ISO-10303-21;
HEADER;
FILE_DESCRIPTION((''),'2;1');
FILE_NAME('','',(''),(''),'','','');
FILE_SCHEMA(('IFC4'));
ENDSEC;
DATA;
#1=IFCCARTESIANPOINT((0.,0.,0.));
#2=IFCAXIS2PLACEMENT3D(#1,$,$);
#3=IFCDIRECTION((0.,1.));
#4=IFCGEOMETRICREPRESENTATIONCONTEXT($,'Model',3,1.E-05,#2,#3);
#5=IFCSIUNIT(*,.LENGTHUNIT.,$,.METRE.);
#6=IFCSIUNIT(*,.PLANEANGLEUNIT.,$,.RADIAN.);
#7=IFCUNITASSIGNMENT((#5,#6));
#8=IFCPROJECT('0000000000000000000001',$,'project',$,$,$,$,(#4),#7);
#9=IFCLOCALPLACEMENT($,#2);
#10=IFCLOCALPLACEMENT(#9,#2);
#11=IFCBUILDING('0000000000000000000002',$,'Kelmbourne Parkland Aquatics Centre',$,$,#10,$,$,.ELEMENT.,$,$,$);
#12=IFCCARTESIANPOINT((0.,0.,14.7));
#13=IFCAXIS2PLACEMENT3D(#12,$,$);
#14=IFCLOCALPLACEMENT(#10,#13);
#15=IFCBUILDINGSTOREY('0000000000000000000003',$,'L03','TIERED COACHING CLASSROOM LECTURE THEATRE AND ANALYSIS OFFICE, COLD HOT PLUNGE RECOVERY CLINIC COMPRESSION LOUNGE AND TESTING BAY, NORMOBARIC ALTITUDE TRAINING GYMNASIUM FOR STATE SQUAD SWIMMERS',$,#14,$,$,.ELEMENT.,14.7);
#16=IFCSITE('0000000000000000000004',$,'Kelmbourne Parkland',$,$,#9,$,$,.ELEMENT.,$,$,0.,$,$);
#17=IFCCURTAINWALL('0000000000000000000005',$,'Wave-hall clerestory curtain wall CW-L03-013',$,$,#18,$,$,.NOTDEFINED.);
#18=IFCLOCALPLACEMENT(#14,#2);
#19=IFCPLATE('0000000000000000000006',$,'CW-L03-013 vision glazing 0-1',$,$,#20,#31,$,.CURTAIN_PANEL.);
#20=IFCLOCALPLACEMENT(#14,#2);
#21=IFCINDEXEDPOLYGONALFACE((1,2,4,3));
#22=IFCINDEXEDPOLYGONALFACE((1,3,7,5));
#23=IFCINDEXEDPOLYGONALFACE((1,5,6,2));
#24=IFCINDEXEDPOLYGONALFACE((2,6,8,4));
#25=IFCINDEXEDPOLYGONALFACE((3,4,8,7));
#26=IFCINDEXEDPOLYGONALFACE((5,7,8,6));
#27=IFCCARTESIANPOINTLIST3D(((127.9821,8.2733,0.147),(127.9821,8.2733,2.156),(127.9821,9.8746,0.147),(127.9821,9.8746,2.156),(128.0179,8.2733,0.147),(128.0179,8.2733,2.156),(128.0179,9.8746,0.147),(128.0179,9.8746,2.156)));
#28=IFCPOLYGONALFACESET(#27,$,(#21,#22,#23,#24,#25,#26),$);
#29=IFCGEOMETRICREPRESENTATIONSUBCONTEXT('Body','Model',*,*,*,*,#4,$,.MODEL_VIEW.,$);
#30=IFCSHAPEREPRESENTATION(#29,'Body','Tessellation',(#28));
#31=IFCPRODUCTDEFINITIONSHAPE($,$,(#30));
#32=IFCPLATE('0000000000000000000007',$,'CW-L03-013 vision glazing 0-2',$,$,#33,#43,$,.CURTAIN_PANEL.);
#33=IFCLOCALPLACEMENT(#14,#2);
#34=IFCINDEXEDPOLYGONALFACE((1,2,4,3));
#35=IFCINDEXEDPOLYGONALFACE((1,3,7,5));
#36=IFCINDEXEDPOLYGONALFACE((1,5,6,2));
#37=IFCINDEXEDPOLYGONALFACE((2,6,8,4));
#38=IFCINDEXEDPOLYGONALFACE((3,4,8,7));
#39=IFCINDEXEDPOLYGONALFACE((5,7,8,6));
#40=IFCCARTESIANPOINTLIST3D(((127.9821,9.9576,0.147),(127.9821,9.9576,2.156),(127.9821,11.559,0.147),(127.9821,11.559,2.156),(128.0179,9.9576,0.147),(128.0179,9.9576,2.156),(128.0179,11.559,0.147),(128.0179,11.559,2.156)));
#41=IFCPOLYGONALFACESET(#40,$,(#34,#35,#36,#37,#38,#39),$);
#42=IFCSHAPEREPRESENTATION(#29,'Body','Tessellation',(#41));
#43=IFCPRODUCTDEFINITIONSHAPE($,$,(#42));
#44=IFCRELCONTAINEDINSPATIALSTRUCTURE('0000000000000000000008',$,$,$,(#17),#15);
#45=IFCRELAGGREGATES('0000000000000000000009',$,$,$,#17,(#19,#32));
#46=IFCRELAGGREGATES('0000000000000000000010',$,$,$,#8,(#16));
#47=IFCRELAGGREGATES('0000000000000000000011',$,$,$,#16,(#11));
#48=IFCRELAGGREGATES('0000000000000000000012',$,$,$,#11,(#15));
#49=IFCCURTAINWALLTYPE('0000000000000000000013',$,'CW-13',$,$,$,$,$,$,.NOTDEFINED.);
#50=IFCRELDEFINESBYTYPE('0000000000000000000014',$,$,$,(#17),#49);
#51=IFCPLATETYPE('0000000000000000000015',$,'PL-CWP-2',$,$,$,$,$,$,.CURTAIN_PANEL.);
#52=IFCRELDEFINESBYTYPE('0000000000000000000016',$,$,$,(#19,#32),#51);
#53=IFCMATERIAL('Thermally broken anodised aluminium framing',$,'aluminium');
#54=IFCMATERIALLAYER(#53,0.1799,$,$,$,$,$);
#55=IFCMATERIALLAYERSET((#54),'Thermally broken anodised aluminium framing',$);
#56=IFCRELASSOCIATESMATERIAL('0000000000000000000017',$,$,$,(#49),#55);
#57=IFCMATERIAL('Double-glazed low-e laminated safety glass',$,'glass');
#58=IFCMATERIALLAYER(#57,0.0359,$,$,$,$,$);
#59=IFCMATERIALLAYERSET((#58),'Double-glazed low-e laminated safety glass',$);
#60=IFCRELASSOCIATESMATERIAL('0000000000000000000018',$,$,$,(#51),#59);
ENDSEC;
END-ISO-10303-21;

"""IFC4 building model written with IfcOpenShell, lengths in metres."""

from ifc_helpers import new_model, si_unit, direction, frame, origin, origin_2d, place, context, subcontext, project, spatial, rectangle, extrude, material, layer, layer_set, type_object, element, aggregate, save


model = new_model("IFC4")

# Units and contexts
model_context = context("Model", 3, precision=1e-05, world=origin(), true_north=direction((0.0, 1.0)))
body_context = subcontext(model_context, "Body", "Model", "MODEL_VIEW")
ifc_project = project(units=[si_unit("LENGTHUNIT", "METRE"), si_unit("PLANEANGLEUNIT", "RADIAN")], contexts=[model_context])

# Site, building, storey
site_placement = place(None, origin())
site = spatial("IfcSite", under=ifc_project, at=site_placement, Name="Kelmbourne Parkland", CompositionType="ELEMENT", RefElevation=0.0)
building_placement = place(site_placement, origin())
building = spatial("IfcBuilding", under=site, at=building_placement, Name="Kelmbourne Parkland Aquatics Centre", CompositionType="ELEMENT")
storey_placement = place(building_placement, frame((0.0, 0.0, 14.7)))
storey = spatial("IfcBuildingStorey", under=building, at=storey_placement, Name="L03", Description="TIERED COACHING CLASSROOM LECTURE THEATRE AND ANALYSIS OFFICE, COLD HOT PLUNGE RECOVERY CLINIC COMPRESSION LOUNGE AND TESTING BAY, NORMOBARIC ALTITUDE TRAINING GYMNASIUM FOR STATE SQUAD SWIMMERS", CompositionType="ELEMENT", Elevation=14.7)

# Shared definitions
ifc_material_1 = material(Name="Thermally broken anodised aluminium framing", Category="aluminium")

# Curtain wall
ifc_layer_1 = layer(ifc_material_1, 0.1799)
ifc_layer_set_1 = layer_set([ifc_layer_1], Name="Thermally broken anodised aluminium framing")
curtain_wall_type_1 = type_object("IfcCurtainWallType", Name="CW-13", PredefinedType="NOTDEFINED", material=ifc_layer_set_1)
curtain_wall_1_placement = place(storey_placement, origin())
curtain_wall_1 = element("IfcCurtainWall", 1, at=curtain_wall_1_placement, inside=storey, type_object=curtain_wall_type_1, Name="Wave-hall clerestory curtain wall CW-L03-013", PredefinedType="NOTDEFINED")

# Plates
ifc_material_2 = material(Name="Double-glazed low-e laminated safety glass", Category="glass")
ifc_layer_2 = layer(ifc_material_2, 0.0359)
ifc_layer_set_2 = layer_set([ifc_layer_2], Name="Double-glazed low-e laminated safety glass")
plate_type_1 = type_object("IfcPlateType", Name="PL-CWP-2", PredefinedType="CURTAIN_PANEL", material=ifc_layer_set_2)
plate_1_placement = place(storey_placement, frame((128.0, 9.074, 0.147), z_axis=(0.0, 0.0, 1.0), x_axis=(0.0, 1.0, 0.0)))
plate_1 = element("IfcPlate", 2, at=plate_1_placement, type_object=plate_type_1, Name="CW-L03-013 vision glazing 0-1", PredefinedType="CURTAIN_PANEL", context=body_context, shape_type="SweptSolid", body=[
    extrude(rectangle(XDim=1.6013, YDim=0.0359, at=origin_2d()), origin(), (0.0, 0.0, 1.0), 2.009),
])
plate_2_placement = place(storey_placement, frame((128.0, 10.7583, 0.147), z_axis=(0.0, 0.0, 1.0), x_axis=(0.0, 1.0, 0.0)))
plate_2 = element("IfcPlate", 3, at=plate_2_placement, type_object=plate_type_1, Name="CW-L03-013 vision glazing 0-2", PredefinedType="CURTAIN_PANEL", context=body_context, shape_type="SweptSolid", body=[
    extrude(rectangle(XDim=1.6013, YDim=0.0359, at=origin_2d()), origin(), (0.0, 0.0, 1.0), 2.009),
])
aggregate(curtain_wall_1, [plate_1, plate_2])

save(model, "model.ifc")
